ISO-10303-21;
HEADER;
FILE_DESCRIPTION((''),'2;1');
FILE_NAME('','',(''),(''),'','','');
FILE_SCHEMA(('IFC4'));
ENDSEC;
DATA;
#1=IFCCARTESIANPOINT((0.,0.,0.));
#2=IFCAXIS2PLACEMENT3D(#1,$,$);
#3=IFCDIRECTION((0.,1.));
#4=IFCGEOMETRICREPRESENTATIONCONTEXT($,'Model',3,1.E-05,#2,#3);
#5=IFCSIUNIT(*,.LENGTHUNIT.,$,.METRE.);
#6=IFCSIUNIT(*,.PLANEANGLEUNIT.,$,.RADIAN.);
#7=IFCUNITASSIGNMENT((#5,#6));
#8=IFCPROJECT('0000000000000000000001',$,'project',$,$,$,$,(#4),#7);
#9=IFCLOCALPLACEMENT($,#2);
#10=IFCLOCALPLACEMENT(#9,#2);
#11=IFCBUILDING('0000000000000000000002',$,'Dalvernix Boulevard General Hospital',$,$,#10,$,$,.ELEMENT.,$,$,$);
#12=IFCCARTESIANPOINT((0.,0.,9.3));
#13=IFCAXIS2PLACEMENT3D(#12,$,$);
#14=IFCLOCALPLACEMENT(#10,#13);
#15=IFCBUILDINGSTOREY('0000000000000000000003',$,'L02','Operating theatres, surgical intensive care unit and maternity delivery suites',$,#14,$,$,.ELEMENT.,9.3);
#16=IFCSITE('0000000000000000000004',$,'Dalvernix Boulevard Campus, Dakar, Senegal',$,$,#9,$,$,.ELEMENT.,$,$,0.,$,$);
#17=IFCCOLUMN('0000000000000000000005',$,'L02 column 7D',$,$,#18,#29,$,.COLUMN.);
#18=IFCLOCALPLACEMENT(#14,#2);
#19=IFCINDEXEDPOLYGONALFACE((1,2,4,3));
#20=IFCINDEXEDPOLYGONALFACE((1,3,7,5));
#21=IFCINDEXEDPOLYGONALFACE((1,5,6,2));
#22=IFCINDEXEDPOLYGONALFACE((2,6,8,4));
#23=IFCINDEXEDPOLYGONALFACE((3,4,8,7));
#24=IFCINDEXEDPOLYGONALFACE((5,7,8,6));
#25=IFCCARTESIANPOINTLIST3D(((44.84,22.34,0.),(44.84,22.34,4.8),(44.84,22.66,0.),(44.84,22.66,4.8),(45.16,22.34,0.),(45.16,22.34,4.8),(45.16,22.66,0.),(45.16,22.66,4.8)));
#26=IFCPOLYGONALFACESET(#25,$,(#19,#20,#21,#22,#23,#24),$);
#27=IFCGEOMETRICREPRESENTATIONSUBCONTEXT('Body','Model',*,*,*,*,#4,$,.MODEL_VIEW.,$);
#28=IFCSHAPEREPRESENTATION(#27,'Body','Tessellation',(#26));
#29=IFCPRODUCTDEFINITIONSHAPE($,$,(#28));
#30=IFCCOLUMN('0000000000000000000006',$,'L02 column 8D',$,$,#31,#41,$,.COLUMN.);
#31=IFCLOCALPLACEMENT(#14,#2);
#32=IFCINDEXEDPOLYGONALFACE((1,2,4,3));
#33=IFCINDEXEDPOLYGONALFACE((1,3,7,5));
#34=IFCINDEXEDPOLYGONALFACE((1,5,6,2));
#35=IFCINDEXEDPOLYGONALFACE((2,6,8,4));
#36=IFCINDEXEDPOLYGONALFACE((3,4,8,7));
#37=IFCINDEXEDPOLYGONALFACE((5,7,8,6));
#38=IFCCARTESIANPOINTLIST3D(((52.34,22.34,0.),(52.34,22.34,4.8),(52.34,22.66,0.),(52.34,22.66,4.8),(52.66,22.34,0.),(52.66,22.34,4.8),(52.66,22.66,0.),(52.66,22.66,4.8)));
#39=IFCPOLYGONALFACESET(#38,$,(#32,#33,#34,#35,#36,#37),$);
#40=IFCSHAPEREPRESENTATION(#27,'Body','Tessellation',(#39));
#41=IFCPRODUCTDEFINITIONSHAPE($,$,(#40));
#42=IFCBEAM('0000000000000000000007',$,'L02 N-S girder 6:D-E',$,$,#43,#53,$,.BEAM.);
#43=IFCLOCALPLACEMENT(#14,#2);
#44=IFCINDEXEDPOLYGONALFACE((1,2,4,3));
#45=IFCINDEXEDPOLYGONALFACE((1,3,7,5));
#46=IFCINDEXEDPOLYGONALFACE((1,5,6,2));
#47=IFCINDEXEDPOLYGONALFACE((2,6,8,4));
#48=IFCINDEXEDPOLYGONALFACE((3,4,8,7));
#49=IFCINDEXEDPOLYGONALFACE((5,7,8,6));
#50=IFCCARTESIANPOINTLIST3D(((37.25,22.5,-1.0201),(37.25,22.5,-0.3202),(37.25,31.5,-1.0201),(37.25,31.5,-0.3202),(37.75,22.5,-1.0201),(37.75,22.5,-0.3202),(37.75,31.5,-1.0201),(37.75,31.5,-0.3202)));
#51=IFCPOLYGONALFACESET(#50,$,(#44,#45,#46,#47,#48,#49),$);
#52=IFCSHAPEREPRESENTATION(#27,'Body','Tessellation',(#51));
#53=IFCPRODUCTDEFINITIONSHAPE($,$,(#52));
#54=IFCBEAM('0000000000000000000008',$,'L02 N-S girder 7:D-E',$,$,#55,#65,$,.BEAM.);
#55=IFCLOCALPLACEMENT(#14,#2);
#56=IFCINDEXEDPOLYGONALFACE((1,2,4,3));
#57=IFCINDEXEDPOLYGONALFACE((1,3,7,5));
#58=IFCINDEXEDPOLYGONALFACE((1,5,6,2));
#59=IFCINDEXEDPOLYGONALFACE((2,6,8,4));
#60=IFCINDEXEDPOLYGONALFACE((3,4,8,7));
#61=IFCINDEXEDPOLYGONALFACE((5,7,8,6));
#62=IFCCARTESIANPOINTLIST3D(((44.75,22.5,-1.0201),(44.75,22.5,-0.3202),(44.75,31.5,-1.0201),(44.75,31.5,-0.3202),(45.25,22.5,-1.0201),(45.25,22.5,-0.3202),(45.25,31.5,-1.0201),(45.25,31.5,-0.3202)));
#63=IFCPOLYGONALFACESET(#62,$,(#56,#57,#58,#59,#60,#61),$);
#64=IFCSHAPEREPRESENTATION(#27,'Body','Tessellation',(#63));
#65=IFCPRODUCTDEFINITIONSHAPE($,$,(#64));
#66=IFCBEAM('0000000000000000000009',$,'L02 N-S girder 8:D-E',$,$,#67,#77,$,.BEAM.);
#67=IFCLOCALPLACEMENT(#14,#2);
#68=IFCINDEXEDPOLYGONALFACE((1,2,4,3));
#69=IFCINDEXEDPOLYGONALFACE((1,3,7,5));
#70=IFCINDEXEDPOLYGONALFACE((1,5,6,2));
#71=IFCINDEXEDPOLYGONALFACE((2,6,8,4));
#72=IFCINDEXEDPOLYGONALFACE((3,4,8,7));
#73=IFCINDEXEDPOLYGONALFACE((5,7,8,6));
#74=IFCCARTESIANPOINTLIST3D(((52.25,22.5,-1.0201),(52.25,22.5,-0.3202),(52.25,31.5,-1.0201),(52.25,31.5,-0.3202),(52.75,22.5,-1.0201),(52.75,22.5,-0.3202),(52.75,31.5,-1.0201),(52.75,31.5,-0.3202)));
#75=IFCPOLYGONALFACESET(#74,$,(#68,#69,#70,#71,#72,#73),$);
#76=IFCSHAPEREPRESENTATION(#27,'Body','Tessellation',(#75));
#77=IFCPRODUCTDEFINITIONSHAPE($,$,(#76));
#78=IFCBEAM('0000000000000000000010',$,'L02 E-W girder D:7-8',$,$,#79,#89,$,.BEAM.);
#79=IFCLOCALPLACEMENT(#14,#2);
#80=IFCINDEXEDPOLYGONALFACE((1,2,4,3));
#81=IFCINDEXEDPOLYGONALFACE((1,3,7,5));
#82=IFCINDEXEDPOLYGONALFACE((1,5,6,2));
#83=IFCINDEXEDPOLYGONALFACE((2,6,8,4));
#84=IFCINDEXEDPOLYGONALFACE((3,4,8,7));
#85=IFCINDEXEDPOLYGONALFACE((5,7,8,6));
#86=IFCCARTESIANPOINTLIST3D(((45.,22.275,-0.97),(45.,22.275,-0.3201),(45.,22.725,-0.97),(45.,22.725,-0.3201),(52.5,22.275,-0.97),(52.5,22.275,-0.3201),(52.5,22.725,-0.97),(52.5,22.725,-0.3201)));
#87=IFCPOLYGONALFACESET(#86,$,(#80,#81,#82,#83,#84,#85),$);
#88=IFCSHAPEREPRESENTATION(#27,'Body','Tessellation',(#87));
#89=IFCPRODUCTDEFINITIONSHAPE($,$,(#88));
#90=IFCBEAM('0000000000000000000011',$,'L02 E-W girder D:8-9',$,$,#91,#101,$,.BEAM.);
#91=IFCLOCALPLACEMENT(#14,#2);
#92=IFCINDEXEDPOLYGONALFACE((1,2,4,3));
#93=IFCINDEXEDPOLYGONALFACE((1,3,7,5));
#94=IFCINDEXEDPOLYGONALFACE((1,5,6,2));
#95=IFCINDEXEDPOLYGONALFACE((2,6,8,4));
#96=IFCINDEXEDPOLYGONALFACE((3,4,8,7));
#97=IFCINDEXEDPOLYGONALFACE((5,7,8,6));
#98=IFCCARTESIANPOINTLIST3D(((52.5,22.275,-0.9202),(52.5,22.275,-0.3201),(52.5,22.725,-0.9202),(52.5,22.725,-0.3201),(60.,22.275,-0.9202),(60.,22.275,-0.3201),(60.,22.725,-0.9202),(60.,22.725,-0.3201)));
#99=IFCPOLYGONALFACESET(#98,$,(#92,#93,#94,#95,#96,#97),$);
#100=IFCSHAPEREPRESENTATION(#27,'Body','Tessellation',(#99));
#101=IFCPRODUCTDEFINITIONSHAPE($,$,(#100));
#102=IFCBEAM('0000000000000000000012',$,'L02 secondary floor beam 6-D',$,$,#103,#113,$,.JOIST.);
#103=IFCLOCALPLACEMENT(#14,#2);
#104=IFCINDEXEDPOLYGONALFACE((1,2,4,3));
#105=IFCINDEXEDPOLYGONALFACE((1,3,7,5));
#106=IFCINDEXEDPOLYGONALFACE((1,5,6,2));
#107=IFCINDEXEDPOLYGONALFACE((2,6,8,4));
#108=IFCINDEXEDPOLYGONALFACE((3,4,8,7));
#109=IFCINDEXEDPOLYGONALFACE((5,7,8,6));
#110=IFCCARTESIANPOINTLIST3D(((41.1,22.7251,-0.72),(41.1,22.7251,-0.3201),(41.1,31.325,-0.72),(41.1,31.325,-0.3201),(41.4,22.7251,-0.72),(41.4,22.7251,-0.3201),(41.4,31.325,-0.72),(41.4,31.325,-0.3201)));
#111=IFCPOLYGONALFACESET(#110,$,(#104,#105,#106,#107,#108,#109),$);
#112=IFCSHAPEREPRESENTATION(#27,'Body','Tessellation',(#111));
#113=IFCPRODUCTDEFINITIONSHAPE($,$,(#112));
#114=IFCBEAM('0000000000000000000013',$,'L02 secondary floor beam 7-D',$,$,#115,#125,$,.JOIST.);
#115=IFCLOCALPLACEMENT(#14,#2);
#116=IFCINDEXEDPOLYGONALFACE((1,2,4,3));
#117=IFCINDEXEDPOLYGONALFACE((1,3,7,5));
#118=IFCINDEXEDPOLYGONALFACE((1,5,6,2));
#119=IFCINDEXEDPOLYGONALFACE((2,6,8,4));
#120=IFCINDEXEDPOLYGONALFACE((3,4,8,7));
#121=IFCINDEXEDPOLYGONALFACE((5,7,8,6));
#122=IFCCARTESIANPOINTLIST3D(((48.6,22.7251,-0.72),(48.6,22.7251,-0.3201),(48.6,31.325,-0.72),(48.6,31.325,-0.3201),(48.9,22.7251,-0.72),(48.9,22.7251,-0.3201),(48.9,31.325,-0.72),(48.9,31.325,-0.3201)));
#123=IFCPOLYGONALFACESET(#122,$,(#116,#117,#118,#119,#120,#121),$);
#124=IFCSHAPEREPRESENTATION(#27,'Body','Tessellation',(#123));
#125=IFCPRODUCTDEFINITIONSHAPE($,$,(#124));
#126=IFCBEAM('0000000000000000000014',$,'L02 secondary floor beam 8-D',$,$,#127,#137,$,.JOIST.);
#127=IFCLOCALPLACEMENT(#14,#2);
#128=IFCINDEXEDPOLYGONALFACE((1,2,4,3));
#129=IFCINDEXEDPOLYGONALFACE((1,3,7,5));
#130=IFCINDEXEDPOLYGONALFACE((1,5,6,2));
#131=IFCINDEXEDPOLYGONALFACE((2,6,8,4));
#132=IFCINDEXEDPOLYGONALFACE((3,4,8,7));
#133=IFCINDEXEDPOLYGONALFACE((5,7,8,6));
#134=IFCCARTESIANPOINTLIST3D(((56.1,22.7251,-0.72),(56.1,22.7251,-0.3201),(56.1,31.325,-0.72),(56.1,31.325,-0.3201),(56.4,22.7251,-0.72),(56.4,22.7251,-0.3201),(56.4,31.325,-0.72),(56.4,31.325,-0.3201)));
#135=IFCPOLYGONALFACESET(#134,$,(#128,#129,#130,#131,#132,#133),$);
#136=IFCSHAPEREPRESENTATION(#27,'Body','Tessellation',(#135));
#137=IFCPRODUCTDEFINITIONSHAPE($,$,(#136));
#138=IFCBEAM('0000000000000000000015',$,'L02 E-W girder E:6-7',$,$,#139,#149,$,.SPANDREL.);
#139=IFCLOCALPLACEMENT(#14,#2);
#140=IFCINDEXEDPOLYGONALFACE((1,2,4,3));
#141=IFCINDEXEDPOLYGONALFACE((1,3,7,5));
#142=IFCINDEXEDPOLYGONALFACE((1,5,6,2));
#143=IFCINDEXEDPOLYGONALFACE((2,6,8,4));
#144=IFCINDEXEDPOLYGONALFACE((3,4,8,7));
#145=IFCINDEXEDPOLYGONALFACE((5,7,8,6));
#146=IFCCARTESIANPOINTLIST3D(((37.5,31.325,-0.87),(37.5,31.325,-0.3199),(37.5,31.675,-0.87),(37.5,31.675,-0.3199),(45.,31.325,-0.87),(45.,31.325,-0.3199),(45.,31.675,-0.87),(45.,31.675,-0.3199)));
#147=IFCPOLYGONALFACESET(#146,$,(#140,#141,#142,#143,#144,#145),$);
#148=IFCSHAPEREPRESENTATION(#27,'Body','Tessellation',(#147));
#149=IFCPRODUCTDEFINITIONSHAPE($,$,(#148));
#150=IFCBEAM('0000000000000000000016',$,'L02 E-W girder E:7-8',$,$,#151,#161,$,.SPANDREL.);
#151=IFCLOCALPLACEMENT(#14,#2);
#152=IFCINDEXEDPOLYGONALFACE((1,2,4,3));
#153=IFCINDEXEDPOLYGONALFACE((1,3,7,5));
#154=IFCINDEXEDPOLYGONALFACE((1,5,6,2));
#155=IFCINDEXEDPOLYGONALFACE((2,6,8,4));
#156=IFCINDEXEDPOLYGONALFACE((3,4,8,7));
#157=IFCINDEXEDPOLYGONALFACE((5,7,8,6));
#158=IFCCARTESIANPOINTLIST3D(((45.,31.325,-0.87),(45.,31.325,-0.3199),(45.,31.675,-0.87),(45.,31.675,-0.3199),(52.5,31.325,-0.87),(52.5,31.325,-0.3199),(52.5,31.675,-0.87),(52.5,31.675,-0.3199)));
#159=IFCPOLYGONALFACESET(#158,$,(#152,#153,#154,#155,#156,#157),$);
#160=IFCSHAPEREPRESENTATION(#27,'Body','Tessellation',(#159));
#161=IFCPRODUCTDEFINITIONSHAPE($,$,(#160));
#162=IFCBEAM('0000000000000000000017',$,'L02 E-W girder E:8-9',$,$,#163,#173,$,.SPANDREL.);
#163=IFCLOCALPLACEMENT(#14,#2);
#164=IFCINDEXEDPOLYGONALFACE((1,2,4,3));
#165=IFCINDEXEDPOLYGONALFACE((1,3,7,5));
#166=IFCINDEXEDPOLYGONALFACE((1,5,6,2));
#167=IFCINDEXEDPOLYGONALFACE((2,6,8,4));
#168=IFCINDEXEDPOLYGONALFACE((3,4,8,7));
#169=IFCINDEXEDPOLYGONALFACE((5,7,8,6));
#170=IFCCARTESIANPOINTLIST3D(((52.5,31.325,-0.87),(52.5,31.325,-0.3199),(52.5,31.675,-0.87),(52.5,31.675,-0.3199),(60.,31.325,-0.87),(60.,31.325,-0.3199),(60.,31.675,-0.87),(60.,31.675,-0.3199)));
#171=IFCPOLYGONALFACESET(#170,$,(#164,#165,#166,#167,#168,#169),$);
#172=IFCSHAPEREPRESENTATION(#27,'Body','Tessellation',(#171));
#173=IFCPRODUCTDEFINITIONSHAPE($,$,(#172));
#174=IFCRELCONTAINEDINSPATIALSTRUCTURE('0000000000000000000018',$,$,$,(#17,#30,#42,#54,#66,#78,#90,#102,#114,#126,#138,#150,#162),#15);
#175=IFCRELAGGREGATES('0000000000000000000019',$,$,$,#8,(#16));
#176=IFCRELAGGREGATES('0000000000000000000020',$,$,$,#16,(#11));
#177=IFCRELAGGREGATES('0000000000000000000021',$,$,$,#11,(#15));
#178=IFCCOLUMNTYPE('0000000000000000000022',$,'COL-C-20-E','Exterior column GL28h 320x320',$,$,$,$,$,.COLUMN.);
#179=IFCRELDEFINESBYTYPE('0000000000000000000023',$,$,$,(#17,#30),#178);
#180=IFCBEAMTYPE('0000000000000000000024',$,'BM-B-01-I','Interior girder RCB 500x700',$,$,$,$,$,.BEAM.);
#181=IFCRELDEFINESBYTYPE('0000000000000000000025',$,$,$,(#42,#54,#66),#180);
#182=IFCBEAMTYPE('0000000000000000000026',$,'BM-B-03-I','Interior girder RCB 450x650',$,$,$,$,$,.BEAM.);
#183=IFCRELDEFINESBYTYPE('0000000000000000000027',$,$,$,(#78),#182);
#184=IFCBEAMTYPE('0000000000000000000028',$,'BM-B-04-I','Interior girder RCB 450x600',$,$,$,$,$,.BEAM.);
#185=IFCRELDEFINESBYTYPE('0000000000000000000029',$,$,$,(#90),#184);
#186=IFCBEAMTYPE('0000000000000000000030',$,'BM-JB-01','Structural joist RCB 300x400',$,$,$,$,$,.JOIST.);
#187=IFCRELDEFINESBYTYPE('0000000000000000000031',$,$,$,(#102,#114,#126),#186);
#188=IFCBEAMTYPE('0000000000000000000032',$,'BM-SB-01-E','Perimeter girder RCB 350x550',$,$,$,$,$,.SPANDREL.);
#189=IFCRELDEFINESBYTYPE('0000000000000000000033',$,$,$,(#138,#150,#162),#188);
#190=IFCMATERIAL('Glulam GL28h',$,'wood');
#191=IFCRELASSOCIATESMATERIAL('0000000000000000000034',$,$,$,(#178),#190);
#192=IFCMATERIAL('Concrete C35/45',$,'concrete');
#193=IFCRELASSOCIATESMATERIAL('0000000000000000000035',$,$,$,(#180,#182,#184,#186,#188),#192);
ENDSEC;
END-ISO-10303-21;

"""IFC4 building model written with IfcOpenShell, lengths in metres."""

from ifc_helpers import new_model, si_unit, direction, frame, origin, origin_2d, place, context, subcontext, project, spatial, rectangle, extrude, material, material_profile, profile_set, type_object, element, save


model = new_model("IFC4")

# Units and contexts
model_context = context("Model", 3, precision=1e-05, world=origin(), true_north=direction((0.0, 1.0)))
body_context = subcontext(model_context, "Body", "Model", "MODEL_VIEW")
ifc_project = project(units=[si_unit("LENGTHUNIT", "METRE"), si_unit("PLANEANGLEUNIT", "RADIAN")], contexts=[model_context])

# Site, building, storey
site_placement = place(None, origin())
site = spatial("IfcSite", under=ifc_project, at=site_placement, Name="Dalvernix Boulevard Campus, Dakar, Senegal", CompositionType="ELEMENT", RefElevation=0.0)
building_placement = place(site_placement, origin())
building = spatial("IfcBuilding", under=site, at=building_placement, Name="Dalvernix Boulevard General Hospital", CompositionType="ELEMENT")
storey_placement = place(building_placement, frame((0.0, 0.0, 9.3)))
storey = spatial("IfcBuildingStorey", under=building, at=storey_placement, Name="L02", Description="Operating theatres, surgical intensive care unit and maternity delivery suites", CompositionType="ELEMENT", Elevation=9.3)

# Columns
ifc_material_1 = material(Name="Glulam GL28h", Category="wood")
ifc_material_profile_1 = material_profile(ifc_material_1, rectangle(XDim=0.3201, YDim=0.3201, at=origin_2d()), Name="GL28h 320x320")
ifc_profile_set_1 = profile_set([ifc_material_profile_1], Name="Glulam GL28h")
column_type = type_object("IfcColumnType", Name="COL-C-20-E", Description="Exterior column GL28h 320x320", PredefinedType="COLUMN", material=ifc_profile_set_1)
for number, where, z_axis, x_axis, name in (
    (1, (45.0, 22.5, 0.0), (0.0, 0.0, 1.0), (1.0, 0.0, 0.0), "L02 column 7D"),
    (2, (52.5, 22.5, 0.0), (0.0, 0.0, 1.0), (1.0, 0.0, 0.0), "L02 column 8D"),
):
    element("IfcColumn", number, at=place(storey_placement, frame(where, z_axis=z_axis, x_axis=x_axis)), inside=storey, type_object=column_type, Name=name, PredefinedType="COLUMN", context=body_context, shape_type="SweptSolid", body=[
        extrude(rectangle(XDim=0.3201, YDim=0.3201, at=origin_2d()), origin(), (0.0, 0.0, 1.0), 4.8),
    ])

# Beams
ifc_material_2 = material(Name="Concrete C35/45", Category="concrete")
ifc_material_profile_2 = material_profile(ifc_material_2, rectangle(XDim=0.5, YDim=0.7, at=origin_2d()), Name="RCB 500x700")
ifc_profile_set_2 = profile_set([ifc_material_profile_2], Name="Concrete C35/45")
beam_type_1 = type_object("IfcBeamType", Name="BM-B-01-I", Description="Interior girder RCB 500x700", PredefinedType="BEAM", material=ifc_profile_set_2)
for number, where, z_axis, x_axis, name in (
    (3, (37.5, 22.5, -0.6702), (0.0, 1.0, 0.0), (-1.0, 0.0, 0.0), "L02 N-S girder 6:D-E"),
    (4, (45.0, 22.5, -0.6702), (0.0, 1.0, 0.0), (-1.0, 0.0, 0.0), "L02 N-S girder 7:D-E"),
    (5, (52.5, 22.5, -0.6702), (0.0, 1.0, 0.0), (-1.0, 0.0, 0.0), "L02 N-S girder 8:D-E"),
):
    element("IfcBeam", number, at=place(storey_placement, frame(where, z_axis=z_axis, x_axis=x_axis)), inside=storey, type_object=beam_type_1, Name=name, PredefinedType="BEAM", context=body_context, shape_type="SweptSolid", body=[
        extrude(rectangle(XDim=0.5, YDim=0.7, at=origin_2d()), origin(), (0.0, 0.0, 1.0), 9.0),
    ])
ifc_material_profile_3 = material_profile(ifc_material_2, rectangle(XDim=0.45, YDim=0.6499, at=origin_2d()), Name="RCB 450x650")
ifc_profile_set_3 = profile_set([ifc_material_profile_3], Name="Concrete C35/45")
beam_type_2 = type_object("IfcBeamType", Name="BM-B-03-I", Description="Interior girder RCB 450x650", PredefinedType="BEAM", material=ifc_profile_set_3)
beam_1_placement = place(storey_placement, frame((45.0, 22.5, -0.645), z_axis=(1.0, 0.0, 0.0), x_axis=(0.0, 1.0, 0.0)))
element("IfcBeam", 6, at=beam_1_placement, inside=storey, type_object=beam_type_2, Name="L02 E-W girder D:7-8", PredefinedType="BEAM", context=body_context, shape_type="SweptSolid", body=[
    extrude(rectangle(XDim=0.45, YDim=0.6499, at=origin_2d()), origin(), (0.0, 0.0, 1.0), 7.5),
])
ifc_material_profile_4 = material_profile(ifc_material_2, rectangle(XDim=0.45, YDim=0.6001, at=origin_2d()), Name="RCB 450x600")
ifc_profile_set_4 = profile_set([ifc_material_profile_4], Name="Concrete C35/45")
beam_type_3 = type_object("IfcBeamType", Name="BM-B-04-I", Description="Interior girder RCB 450x600", PredefinedType="BEAM", material=ifc_profile_set_4)
beam_2_placement = place(storey_placement, frame((52.5, 22.5, -0.6201), z_axis=(1.0, 0.0, 0.0), x_axis=(0.0, 1.0, 0.0)))
element("IfcBeam", 7, at=beam_2_placement, inside=storey, type_object=beam_type_3, Name="L02 E-W girder D:8-9", PredefinedType="BEAM", context=body_context, shape_type="SweptSolid", body=[
    extrude(rectangle(XDim=0.45, YDim=0.6001, at=origin_2d()), origin(), (0.0, 0.0, 1.0), 7.5),
])
ifc_material_profile_5 = material_profile(ifc_material_2, rectangle(XDim=0.3, YDim=0.3999, at=origin_2d()), Name="RCB 300x400")
ifc_profile_set_5 = profile_set([ifc_material_profile_5], Name="Concrete C35/45")
beam_type_4 = type_object("IfcBeamType", Name="BM-JB-01", Description="Structural joist RCB 300x400", PredefinedType="JOIST", material=ifc_profile_set_5)
for number, where, z_axis, x_axis, name in (
    (8, (41.25, 22.7251, -0.52), (0.0, 1.0, 0.0), (-1.0, 0.0, 0.0), "L02 secondary floor beam 6-D"),
    (9, (48.75, 22.7251, -0.52), (0.0, 1.0, 0.0), (-1.0, 0.0, 0.0), "L02 secondary floor beam 7-D"),
    (10, (56.25, 22.7251, -0.52), (0.0, 1.0, 0.0), (-1.0, 0.0, 0.0), "L02 secondary floor beam 8-D"),
):
    element("IfcBeam", number, at=place(storey_placement, frame(where, z_axis=z_axis, x_axis=x_axis)), inside=storey, type_object=beam_type_4, Name=name, PredefinedType="JOIST", context=body_context, shape_type="SweptSolid", body=[
        extrude(rectangle(XDim=0.3, YDim=0.3999, at=origin_2d()), origin(), (0.0, 0.0, 1.0), 8.5999),
    ])
ifc_material_profile_6 = material_profile(ifc_material_2, rectangle(XDim=0.3501, YDim=0.55, at=origin_2d()), Name="RCB 350x550")
ifc_profile_set_6 = profile_set([ifc_material_profile_6], Name="Concrete C35/45")
beam_type_5 = type_object("IfcBeamType", Name="BM-SB-01-E", Description="Perimeter girder RCB 350x550", PredefinedType="SPANDREL", material=ifc_profile_set_6)
for number, where, z_axis, x_axis, name in (
    (11, (37.5, 31.5, -0.595), (1.0, 0.0, 0.0), (0.0, 1.0, 0.0), "L02 E-W girder E:6-7"),
    (12, (45.0, 31.5, -0.595), (1.0, 0.0, 0.0), (0.0, 1.0, 0.0), "L02 E-W girder E:7-8"),
    (13, (52.5, 31.5, -0.595), (1.0, 0.0, 0.0), (0.0, 1.0, 0.0), "L02 E-W girder E:8-9"),
):
    element("IfcBeam", number, at=place(storey_placement, frame(where, z_axis=z_axis, x_axis=x_axis)), inside=storey, type_object=beam_type_5, Name=name, PredefinedType="SPANDREL", context=body_context, shape_type="SweptSolid", body=[
        extrude(rectangle(XDim=0.3501, YDim=0.55, at=origin_2d()), origin(), (0.0, 0.0, 1.0), 7.5),
    ])

save(model, "model.ifc")
